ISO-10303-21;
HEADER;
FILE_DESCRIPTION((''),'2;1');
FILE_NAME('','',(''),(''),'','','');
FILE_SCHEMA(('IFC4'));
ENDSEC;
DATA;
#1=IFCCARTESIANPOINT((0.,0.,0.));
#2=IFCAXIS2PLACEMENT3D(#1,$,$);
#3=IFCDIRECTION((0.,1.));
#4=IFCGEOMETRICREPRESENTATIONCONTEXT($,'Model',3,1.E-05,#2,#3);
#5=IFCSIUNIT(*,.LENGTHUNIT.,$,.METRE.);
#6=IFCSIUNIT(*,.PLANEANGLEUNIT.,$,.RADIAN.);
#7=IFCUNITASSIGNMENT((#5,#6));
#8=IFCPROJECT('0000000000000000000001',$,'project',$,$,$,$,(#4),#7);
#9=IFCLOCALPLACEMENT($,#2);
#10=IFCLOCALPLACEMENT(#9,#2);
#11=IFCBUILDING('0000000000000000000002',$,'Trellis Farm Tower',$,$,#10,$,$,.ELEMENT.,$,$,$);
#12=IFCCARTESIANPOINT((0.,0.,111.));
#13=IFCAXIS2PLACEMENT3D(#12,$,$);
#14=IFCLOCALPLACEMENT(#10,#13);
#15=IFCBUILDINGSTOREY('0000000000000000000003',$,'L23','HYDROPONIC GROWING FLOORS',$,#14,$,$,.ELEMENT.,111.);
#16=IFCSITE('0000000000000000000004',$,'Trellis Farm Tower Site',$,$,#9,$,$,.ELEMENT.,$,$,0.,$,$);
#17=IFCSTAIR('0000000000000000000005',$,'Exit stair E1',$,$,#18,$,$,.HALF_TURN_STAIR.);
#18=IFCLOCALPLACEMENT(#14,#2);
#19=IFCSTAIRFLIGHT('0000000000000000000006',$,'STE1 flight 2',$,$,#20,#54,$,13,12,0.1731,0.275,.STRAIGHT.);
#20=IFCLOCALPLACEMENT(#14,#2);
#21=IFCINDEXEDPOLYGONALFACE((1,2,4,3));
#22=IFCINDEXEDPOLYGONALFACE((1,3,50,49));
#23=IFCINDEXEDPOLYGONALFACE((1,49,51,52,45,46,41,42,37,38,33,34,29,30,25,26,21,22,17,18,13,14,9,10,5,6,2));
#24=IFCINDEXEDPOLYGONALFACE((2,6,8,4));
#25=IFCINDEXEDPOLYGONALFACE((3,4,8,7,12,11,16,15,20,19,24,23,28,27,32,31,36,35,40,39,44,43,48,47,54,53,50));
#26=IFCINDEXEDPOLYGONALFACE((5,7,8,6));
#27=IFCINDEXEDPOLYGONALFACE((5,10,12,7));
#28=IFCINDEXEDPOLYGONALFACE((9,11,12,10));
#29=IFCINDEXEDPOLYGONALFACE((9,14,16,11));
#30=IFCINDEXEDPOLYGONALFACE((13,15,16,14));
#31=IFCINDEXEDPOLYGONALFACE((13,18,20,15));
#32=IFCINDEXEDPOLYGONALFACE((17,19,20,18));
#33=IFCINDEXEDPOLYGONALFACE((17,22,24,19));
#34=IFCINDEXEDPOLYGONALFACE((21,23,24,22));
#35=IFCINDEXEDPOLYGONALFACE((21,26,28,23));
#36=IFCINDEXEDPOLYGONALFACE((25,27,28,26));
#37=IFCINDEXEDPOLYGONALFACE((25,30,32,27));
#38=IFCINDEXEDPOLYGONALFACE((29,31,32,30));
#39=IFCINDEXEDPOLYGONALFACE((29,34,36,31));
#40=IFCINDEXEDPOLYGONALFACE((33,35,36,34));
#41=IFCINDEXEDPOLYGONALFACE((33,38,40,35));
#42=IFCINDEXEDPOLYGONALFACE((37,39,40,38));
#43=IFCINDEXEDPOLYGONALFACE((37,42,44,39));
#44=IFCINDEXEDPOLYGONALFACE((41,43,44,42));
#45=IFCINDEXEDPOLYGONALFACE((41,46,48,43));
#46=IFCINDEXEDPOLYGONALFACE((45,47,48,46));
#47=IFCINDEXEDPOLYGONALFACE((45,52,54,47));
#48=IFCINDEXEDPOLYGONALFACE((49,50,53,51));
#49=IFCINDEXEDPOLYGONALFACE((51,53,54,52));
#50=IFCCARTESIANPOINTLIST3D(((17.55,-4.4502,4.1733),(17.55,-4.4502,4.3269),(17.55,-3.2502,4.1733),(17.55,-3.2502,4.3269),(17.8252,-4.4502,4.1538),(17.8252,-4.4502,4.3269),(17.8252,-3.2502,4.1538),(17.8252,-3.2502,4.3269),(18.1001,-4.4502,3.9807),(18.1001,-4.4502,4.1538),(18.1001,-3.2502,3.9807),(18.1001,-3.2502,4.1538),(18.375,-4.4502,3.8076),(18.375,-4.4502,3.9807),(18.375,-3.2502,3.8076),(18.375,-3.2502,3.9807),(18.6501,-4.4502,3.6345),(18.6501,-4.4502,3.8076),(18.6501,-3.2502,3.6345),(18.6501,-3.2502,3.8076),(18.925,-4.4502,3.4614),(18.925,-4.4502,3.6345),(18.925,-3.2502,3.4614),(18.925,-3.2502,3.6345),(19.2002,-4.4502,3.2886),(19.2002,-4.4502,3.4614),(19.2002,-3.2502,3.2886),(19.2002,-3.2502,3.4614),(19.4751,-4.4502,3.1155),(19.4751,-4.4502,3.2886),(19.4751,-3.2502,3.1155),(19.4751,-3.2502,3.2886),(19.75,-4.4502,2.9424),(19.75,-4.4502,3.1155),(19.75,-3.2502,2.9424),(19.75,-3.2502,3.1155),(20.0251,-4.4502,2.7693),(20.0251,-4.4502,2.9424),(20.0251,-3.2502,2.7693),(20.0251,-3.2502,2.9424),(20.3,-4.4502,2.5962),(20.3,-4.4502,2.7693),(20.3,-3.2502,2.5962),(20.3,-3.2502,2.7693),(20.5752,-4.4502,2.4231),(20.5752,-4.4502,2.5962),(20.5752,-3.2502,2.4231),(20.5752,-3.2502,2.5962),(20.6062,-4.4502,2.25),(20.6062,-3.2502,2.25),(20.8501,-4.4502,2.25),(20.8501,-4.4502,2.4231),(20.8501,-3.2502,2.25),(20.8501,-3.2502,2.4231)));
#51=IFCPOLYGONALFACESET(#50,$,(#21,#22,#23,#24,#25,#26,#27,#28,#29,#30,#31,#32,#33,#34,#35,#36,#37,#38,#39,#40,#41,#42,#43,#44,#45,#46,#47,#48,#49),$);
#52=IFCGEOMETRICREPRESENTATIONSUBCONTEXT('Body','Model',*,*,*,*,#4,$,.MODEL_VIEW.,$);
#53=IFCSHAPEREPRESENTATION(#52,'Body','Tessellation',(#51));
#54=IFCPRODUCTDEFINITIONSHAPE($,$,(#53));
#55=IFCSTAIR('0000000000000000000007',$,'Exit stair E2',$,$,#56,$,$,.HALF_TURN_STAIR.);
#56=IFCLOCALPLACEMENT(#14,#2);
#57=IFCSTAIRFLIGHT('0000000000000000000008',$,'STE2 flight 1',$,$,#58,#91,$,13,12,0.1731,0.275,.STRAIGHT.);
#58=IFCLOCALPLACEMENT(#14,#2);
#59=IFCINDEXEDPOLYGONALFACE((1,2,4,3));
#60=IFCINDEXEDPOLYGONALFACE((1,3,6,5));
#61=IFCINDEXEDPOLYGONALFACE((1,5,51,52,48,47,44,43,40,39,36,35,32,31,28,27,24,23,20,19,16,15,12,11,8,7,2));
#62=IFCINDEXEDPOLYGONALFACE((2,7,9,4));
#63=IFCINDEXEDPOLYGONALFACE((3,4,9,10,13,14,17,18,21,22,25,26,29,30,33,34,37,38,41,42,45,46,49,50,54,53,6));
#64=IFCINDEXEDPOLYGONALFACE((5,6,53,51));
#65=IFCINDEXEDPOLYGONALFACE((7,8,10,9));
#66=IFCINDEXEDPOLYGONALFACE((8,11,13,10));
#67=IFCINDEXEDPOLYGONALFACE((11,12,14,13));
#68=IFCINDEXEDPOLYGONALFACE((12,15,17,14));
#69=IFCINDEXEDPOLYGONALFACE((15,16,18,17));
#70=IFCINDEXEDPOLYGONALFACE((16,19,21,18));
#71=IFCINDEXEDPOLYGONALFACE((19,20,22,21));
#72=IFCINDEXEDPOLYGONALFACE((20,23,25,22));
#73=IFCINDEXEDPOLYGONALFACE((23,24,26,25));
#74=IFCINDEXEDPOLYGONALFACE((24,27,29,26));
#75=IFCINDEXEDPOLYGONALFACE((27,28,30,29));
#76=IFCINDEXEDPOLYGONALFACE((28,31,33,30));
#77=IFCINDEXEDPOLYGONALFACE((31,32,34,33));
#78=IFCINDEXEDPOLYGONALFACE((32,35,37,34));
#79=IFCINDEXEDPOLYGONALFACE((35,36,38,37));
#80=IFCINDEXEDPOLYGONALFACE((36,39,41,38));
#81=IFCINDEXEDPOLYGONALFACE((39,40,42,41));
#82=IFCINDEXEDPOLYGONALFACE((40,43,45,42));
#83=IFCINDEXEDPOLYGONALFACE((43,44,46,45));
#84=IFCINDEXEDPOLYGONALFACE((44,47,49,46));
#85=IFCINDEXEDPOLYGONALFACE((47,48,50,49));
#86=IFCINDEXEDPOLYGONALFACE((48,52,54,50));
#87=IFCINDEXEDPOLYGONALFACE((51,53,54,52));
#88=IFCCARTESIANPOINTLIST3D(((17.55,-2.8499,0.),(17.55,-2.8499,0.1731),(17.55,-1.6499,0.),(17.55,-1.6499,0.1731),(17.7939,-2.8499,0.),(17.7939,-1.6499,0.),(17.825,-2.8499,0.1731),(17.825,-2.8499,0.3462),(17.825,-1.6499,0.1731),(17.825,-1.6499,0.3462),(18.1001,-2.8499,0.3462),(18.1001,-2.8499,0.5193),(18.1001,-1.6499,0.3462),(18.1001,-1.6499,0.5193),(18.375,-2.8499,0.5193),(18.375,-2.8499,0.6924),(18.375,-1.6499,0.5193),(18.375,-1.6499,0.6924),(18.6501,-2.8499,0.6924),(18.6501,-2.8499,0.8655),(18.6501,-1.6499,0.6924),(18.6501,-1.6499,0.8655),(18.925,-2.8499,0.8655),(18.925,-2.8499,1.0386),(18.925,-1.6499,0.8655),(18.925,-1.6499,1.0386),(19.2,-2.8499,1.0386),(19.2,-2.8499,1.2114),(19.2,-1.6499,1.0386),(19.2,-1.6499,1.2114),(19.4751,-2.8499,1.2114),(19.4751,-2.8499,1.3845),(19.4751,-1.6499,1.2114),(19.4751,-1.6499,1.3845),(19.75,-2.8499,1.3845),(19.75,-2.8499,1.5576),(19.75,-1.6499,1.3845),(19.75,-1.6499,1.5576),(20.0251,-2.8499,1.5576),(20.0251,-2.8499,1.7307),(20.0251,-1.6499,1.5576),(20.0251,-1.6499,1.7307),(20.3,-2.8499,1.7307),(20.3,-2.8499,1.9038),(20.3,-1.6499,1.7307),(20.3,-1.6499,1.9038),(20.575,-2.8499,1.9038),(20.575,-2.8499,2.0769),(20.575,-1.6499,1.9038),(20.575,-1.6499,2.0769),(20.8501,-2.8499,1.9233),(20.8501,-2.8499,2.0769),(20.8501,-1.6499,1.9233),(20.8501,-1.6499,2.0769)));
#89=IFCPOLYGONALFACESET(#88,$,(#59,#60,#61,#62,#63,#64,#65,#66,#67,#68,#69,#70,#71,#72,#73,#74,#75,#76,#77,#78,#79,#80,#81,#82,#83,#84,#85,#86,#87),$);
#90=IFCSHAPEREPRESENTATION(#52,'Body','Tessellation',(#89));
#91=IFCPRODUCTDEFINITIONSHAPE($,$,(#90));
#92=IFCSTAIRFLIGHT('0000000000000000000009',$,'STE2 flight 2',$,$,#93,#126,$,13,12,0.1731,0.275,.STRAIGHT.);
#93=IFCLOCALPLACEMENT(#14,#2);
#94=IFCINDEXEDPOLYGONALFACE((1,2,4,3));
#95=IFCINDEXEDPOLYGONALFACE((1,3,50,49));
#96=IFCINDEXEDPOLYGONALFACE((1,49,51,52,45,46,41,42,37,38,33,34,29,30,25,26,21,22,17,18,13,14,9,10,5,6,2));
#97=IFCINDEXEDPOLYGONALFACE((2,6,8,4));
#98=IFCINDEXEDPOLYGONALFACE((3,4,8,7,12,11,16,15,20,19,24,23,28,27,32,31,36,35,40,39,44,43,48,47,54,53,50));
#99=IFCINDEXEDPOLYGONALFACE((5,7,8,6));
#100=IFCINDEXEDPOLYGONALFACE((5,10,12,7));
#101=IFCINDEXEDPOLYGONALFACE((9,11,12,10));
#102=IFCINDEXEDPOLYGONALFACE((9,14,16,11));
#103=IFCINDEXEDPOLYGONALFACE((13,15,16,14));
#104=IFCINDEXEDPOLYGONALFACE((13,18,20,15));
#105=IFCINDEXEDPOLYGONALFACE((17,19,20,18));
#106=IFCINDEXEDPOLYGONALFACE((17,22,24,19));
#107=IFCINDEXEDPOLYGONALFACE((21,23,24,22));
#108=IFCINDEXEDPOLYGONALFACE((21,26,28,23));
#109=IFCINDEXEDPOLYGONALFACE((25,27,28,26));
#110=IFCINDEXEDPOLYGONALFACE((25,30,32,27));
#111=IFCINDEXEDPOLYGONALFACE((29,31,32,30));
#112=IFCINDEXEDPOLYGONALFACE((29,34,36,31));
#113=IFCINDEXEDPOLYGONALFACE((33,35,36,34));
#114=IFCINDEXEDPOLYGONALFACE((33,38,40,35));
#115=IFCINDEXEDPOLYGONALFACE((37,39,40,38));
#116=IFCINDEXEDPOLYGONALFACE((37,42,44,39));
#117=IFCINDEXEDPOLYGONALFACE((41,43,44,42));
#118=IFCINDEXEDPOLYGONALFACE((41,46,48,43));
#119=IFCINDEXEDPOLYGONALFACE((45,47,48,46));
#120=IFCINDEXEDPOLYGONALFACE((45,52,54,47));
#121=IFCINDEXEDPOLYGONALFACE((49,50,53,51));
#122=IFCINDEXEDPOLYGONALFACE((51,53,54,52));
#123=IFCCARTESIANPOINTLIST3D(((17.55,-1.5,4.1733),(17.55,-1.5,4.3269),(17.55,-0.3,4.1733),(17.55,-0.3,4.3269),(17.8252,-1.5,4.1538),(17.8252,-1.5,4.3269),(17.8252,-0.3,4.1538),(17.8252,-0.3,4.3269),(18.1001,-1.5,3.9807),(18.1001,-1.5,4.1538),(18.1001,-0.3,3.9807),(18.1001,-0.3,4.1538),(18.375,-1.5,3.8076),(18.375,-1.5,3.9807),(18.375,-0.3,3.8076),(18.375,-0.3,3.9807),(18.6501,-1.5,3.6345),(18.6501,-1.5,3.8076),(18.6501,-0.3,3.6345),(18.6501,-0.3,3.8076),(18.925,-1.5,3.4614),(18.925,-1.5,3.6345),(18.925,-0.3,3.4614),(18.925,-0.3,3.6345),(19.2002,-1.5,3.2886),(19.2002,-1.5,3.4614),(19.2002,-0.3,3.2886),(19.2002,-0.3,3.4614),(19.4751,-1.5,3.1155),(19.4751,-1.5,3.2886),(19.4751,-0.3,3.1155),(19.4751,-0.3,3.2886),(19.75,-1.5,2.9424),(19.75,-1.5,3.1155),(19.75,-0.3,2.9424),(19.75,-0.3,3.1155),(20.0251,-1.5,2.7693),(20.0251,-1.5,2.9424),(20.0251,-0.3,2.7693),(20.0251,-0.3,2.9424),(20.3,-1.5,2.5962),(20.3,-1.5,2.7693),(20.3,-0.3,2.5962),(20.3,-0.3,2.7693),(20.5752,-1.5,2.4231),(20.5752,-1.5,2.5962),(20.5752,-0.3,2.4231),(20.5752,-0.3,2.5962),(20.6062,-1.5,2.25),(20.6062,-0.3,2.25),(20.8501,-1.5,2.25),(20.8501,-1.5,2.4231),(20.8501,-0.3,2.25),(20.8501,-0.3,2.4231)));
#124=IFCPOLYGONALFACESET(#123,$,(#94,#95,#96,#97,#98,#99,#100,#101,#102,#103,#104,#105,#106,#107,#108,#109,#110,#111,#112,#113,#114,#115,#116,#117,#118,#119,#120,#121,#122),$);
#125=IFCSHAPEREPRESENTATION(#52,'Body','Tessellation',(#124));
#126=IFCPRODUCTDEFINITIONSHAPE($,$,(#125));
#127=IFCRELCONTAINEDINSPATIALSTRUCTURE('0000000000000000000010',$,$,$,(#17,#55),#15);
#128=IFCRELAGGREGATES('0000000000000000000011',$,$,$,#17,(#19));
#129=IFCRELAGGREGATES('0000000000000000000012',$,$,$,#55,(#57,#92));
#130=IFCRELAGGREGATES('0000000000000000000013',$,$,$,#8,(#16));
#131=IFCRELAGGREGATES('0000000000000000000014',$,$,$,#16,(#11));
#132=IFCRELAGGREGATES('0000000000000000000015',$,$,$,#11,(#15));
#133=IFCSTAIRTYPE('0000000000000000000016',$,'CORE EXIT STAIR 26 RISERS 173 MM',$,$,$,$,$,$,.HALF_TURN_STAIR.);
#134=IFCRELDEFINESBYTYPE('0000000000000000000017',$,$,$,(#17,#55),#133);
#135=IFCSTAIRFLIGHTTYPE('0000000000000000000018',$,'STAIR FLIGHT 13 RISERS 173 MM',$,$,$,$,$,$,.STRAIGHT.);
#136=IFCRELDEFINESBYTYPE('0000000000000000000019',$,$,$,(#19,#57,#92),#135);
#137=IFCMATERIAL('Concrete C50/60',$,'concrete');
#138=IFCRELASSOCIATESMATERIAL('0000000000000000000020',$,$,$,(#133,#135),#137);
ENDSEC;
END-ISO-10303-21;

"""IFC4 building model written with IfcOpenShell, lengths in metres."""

from ifc_helpers import new_model, si_unit, direction, frame, origin, place, context, subcontext, project, spatial, polyline, outline, extrude, source, transform, mapped, material, type_object, element, aggregate, save


model = new_model("IFC4")

# Units and contexts
model_context = context("Model", 3, precision=1e-05, world=origin(), true_north=direction((0.0, 1.0)))
body_context = subcontext(model_context, "Body", "Model", "MODEL_VIEW")
ifc_project = project(units=[si_unit("LENGTHUNIT", "METRE"), si_unit("PLANEANGLEUNIT", "RADIAN")], contexts=[model_context])

# Site, building, storey
site_placement = place(None, origin())
site = spatial("IfcSite", under=ifc_project, at=site_placement, Name="Trellis Farm Tower Site", CompositionType="ELEMENT", RefElevation=0.0)
building_placement = place(site_placement, origin())
building = spatial("IfcBuilding", under=site, at=building_placement, Name="Trellis Farm Tower", CompositionType="ELEMENT")
storey_placement = place(building_placement, frame((0.0, 0.0, 111.0)))
storey = spatial("IfcBuildingStorey", under=building, at=storey_placement, Name="L23", Description="HYDROPONIC GROWING FLOORS", CompositionType="ELEMENT", Elevation=111.0)

# Shared definitions
placement_1 = place(storey_placement, origin())

# Stair, stair flight
ifc_material_1 = material(Name="Concrete C50/60", Category="concrete")
stair_type = type_object("IfcStairType", Name="CORE EXIT STAIR 26 RISERS 173 MM", PredefinedType="HALF_TURN_STAIR", material=ifc_material_1)
stair_1 = element("IfcStair", 1, at=placement_1, inside=storey, type_object=stair_type, Name="Exit stair E1", PredefinedType="HALF_TURN_STAIR")
stair_flight_type = type_object("IfcStairFlightType", Name="STAIR FLIGHT 13 RISERS 173 MM", PredefinedType="STRAIGHT", material=ifc_material_1)
shared_shape_1 = source(origin(), body_context, "Body", "SweptSolid", [
    extrude(outline(polyline([(0.0, 0.0), (0.0, 0.1731), (0.2749, 0.1731), (0.2749, 0.3462), (0.55, 0.3462), (0.55, 0.5193), (0.825, 0.5193), (0.825, 0.6924), (1.1001, 0.6924), (1.1001, 0.8655), (1.375, 0.8655), (1.375, 1.0386), (1.6499, 1.0386), (1.6499, 1.2114), (1.925, 1.2114), (1.925, 1.3845), (2.2, 1.3845), (2.2, 1.5576), (2.4751, 1.5576), (2.4751, 1.7307), (2.75, 1.7307), (2.75, 1.9038), (3.0249, 1.9038), (3.0249, 2.0769), (3.3, 2.0769), (3.3, 2.25), (3.3, 1.9233), (0.2439, 0.0), (0.0, 0.0)])), frame((0.0, 0.6001, 0.0), z_axis=(0.0, -1.0, 0.0), x_axis=(1.0, 0.0, 0.0)), (0.0, 0.0, 1.0), 1.2),
])
stair_flight_1_placement = place(storey_placement, frame((20.8501, -3.8501, 2.25), z_axis=(0.0, 0.0, 1.0), x_axis=(-1.0, 0.0, 0.0)))
stair_flight_1 = element("IfcStairFlight", 2, at=stair_flight_1_placement, type_object=stair_flight_type, Name="STE1 flight 2", NumberOfRisers=13, NumberOfTreads=12, PredefinedType="STRAIGHT", RiserHeight=0.1731, TreadLength=0.275, context=body_context, shape_type="MappedRepresentation", body=[
    mapped(shared_shape_1, transform((0.0, 0.0, 0.0))),
])
aggregate(stair_1, [stair_flight_1])

# Stair, stair flights
stair_2 = element("IfcStair", 3, at=placement_1, inside=storey, type_object=stair_type, Name="Exit stair E2", PredefinedType="HALF_TURN_STAIR")
stair_flight_2_placement = place(storey_placement, frame((17.55, -2.25, 0.0), z_axis=(0.0, 0.0, 1.0), x_axis=(1.0, 0.0, 0.0)))
stair_flight_2 = element("IfcStairFlight", 4, at=stair_flight_2_placement, type_object=stair_flight_type, Name="STE2 flight 1", NumberOfRisers=13, NumberOfTreads=12, PredefinedType="STRAIGHT", RiserHeight=0.1731, TreadLength=0.275, context=body_context, shape_type="MappedRepresentation", body=[
    mapped(shared_shape_1, transform((0.0, 0.0, 0.0))),
])
stair_flight_3_placement = place(storey_placement, frame((20.8501, -0.8999, 2.25), z_axis=(0.0, 0.0, 1.0), x_axis=(-1.0, 0.0, 0.0)))
stair_flight_3 = element("IfcStairFlight", 5, at=stair_flight_3_placement, type_object=stair_flight_type, Name="STE2 flight 2", NumberOfRisers=13, NumberOfTreads=12, PredefinedType="STRAIGHT", RiserHeight=0.1731, TreadLength=0.275, context=body_context, shape_type="MappedRepresentation", body=[
    mapped(shared_shape_1, transform((0.0, 0.0, 0.0))),
])
aggregate(stair_2, [stair_flight_2, stair_flight_3])

save(model, "model.ifc")
